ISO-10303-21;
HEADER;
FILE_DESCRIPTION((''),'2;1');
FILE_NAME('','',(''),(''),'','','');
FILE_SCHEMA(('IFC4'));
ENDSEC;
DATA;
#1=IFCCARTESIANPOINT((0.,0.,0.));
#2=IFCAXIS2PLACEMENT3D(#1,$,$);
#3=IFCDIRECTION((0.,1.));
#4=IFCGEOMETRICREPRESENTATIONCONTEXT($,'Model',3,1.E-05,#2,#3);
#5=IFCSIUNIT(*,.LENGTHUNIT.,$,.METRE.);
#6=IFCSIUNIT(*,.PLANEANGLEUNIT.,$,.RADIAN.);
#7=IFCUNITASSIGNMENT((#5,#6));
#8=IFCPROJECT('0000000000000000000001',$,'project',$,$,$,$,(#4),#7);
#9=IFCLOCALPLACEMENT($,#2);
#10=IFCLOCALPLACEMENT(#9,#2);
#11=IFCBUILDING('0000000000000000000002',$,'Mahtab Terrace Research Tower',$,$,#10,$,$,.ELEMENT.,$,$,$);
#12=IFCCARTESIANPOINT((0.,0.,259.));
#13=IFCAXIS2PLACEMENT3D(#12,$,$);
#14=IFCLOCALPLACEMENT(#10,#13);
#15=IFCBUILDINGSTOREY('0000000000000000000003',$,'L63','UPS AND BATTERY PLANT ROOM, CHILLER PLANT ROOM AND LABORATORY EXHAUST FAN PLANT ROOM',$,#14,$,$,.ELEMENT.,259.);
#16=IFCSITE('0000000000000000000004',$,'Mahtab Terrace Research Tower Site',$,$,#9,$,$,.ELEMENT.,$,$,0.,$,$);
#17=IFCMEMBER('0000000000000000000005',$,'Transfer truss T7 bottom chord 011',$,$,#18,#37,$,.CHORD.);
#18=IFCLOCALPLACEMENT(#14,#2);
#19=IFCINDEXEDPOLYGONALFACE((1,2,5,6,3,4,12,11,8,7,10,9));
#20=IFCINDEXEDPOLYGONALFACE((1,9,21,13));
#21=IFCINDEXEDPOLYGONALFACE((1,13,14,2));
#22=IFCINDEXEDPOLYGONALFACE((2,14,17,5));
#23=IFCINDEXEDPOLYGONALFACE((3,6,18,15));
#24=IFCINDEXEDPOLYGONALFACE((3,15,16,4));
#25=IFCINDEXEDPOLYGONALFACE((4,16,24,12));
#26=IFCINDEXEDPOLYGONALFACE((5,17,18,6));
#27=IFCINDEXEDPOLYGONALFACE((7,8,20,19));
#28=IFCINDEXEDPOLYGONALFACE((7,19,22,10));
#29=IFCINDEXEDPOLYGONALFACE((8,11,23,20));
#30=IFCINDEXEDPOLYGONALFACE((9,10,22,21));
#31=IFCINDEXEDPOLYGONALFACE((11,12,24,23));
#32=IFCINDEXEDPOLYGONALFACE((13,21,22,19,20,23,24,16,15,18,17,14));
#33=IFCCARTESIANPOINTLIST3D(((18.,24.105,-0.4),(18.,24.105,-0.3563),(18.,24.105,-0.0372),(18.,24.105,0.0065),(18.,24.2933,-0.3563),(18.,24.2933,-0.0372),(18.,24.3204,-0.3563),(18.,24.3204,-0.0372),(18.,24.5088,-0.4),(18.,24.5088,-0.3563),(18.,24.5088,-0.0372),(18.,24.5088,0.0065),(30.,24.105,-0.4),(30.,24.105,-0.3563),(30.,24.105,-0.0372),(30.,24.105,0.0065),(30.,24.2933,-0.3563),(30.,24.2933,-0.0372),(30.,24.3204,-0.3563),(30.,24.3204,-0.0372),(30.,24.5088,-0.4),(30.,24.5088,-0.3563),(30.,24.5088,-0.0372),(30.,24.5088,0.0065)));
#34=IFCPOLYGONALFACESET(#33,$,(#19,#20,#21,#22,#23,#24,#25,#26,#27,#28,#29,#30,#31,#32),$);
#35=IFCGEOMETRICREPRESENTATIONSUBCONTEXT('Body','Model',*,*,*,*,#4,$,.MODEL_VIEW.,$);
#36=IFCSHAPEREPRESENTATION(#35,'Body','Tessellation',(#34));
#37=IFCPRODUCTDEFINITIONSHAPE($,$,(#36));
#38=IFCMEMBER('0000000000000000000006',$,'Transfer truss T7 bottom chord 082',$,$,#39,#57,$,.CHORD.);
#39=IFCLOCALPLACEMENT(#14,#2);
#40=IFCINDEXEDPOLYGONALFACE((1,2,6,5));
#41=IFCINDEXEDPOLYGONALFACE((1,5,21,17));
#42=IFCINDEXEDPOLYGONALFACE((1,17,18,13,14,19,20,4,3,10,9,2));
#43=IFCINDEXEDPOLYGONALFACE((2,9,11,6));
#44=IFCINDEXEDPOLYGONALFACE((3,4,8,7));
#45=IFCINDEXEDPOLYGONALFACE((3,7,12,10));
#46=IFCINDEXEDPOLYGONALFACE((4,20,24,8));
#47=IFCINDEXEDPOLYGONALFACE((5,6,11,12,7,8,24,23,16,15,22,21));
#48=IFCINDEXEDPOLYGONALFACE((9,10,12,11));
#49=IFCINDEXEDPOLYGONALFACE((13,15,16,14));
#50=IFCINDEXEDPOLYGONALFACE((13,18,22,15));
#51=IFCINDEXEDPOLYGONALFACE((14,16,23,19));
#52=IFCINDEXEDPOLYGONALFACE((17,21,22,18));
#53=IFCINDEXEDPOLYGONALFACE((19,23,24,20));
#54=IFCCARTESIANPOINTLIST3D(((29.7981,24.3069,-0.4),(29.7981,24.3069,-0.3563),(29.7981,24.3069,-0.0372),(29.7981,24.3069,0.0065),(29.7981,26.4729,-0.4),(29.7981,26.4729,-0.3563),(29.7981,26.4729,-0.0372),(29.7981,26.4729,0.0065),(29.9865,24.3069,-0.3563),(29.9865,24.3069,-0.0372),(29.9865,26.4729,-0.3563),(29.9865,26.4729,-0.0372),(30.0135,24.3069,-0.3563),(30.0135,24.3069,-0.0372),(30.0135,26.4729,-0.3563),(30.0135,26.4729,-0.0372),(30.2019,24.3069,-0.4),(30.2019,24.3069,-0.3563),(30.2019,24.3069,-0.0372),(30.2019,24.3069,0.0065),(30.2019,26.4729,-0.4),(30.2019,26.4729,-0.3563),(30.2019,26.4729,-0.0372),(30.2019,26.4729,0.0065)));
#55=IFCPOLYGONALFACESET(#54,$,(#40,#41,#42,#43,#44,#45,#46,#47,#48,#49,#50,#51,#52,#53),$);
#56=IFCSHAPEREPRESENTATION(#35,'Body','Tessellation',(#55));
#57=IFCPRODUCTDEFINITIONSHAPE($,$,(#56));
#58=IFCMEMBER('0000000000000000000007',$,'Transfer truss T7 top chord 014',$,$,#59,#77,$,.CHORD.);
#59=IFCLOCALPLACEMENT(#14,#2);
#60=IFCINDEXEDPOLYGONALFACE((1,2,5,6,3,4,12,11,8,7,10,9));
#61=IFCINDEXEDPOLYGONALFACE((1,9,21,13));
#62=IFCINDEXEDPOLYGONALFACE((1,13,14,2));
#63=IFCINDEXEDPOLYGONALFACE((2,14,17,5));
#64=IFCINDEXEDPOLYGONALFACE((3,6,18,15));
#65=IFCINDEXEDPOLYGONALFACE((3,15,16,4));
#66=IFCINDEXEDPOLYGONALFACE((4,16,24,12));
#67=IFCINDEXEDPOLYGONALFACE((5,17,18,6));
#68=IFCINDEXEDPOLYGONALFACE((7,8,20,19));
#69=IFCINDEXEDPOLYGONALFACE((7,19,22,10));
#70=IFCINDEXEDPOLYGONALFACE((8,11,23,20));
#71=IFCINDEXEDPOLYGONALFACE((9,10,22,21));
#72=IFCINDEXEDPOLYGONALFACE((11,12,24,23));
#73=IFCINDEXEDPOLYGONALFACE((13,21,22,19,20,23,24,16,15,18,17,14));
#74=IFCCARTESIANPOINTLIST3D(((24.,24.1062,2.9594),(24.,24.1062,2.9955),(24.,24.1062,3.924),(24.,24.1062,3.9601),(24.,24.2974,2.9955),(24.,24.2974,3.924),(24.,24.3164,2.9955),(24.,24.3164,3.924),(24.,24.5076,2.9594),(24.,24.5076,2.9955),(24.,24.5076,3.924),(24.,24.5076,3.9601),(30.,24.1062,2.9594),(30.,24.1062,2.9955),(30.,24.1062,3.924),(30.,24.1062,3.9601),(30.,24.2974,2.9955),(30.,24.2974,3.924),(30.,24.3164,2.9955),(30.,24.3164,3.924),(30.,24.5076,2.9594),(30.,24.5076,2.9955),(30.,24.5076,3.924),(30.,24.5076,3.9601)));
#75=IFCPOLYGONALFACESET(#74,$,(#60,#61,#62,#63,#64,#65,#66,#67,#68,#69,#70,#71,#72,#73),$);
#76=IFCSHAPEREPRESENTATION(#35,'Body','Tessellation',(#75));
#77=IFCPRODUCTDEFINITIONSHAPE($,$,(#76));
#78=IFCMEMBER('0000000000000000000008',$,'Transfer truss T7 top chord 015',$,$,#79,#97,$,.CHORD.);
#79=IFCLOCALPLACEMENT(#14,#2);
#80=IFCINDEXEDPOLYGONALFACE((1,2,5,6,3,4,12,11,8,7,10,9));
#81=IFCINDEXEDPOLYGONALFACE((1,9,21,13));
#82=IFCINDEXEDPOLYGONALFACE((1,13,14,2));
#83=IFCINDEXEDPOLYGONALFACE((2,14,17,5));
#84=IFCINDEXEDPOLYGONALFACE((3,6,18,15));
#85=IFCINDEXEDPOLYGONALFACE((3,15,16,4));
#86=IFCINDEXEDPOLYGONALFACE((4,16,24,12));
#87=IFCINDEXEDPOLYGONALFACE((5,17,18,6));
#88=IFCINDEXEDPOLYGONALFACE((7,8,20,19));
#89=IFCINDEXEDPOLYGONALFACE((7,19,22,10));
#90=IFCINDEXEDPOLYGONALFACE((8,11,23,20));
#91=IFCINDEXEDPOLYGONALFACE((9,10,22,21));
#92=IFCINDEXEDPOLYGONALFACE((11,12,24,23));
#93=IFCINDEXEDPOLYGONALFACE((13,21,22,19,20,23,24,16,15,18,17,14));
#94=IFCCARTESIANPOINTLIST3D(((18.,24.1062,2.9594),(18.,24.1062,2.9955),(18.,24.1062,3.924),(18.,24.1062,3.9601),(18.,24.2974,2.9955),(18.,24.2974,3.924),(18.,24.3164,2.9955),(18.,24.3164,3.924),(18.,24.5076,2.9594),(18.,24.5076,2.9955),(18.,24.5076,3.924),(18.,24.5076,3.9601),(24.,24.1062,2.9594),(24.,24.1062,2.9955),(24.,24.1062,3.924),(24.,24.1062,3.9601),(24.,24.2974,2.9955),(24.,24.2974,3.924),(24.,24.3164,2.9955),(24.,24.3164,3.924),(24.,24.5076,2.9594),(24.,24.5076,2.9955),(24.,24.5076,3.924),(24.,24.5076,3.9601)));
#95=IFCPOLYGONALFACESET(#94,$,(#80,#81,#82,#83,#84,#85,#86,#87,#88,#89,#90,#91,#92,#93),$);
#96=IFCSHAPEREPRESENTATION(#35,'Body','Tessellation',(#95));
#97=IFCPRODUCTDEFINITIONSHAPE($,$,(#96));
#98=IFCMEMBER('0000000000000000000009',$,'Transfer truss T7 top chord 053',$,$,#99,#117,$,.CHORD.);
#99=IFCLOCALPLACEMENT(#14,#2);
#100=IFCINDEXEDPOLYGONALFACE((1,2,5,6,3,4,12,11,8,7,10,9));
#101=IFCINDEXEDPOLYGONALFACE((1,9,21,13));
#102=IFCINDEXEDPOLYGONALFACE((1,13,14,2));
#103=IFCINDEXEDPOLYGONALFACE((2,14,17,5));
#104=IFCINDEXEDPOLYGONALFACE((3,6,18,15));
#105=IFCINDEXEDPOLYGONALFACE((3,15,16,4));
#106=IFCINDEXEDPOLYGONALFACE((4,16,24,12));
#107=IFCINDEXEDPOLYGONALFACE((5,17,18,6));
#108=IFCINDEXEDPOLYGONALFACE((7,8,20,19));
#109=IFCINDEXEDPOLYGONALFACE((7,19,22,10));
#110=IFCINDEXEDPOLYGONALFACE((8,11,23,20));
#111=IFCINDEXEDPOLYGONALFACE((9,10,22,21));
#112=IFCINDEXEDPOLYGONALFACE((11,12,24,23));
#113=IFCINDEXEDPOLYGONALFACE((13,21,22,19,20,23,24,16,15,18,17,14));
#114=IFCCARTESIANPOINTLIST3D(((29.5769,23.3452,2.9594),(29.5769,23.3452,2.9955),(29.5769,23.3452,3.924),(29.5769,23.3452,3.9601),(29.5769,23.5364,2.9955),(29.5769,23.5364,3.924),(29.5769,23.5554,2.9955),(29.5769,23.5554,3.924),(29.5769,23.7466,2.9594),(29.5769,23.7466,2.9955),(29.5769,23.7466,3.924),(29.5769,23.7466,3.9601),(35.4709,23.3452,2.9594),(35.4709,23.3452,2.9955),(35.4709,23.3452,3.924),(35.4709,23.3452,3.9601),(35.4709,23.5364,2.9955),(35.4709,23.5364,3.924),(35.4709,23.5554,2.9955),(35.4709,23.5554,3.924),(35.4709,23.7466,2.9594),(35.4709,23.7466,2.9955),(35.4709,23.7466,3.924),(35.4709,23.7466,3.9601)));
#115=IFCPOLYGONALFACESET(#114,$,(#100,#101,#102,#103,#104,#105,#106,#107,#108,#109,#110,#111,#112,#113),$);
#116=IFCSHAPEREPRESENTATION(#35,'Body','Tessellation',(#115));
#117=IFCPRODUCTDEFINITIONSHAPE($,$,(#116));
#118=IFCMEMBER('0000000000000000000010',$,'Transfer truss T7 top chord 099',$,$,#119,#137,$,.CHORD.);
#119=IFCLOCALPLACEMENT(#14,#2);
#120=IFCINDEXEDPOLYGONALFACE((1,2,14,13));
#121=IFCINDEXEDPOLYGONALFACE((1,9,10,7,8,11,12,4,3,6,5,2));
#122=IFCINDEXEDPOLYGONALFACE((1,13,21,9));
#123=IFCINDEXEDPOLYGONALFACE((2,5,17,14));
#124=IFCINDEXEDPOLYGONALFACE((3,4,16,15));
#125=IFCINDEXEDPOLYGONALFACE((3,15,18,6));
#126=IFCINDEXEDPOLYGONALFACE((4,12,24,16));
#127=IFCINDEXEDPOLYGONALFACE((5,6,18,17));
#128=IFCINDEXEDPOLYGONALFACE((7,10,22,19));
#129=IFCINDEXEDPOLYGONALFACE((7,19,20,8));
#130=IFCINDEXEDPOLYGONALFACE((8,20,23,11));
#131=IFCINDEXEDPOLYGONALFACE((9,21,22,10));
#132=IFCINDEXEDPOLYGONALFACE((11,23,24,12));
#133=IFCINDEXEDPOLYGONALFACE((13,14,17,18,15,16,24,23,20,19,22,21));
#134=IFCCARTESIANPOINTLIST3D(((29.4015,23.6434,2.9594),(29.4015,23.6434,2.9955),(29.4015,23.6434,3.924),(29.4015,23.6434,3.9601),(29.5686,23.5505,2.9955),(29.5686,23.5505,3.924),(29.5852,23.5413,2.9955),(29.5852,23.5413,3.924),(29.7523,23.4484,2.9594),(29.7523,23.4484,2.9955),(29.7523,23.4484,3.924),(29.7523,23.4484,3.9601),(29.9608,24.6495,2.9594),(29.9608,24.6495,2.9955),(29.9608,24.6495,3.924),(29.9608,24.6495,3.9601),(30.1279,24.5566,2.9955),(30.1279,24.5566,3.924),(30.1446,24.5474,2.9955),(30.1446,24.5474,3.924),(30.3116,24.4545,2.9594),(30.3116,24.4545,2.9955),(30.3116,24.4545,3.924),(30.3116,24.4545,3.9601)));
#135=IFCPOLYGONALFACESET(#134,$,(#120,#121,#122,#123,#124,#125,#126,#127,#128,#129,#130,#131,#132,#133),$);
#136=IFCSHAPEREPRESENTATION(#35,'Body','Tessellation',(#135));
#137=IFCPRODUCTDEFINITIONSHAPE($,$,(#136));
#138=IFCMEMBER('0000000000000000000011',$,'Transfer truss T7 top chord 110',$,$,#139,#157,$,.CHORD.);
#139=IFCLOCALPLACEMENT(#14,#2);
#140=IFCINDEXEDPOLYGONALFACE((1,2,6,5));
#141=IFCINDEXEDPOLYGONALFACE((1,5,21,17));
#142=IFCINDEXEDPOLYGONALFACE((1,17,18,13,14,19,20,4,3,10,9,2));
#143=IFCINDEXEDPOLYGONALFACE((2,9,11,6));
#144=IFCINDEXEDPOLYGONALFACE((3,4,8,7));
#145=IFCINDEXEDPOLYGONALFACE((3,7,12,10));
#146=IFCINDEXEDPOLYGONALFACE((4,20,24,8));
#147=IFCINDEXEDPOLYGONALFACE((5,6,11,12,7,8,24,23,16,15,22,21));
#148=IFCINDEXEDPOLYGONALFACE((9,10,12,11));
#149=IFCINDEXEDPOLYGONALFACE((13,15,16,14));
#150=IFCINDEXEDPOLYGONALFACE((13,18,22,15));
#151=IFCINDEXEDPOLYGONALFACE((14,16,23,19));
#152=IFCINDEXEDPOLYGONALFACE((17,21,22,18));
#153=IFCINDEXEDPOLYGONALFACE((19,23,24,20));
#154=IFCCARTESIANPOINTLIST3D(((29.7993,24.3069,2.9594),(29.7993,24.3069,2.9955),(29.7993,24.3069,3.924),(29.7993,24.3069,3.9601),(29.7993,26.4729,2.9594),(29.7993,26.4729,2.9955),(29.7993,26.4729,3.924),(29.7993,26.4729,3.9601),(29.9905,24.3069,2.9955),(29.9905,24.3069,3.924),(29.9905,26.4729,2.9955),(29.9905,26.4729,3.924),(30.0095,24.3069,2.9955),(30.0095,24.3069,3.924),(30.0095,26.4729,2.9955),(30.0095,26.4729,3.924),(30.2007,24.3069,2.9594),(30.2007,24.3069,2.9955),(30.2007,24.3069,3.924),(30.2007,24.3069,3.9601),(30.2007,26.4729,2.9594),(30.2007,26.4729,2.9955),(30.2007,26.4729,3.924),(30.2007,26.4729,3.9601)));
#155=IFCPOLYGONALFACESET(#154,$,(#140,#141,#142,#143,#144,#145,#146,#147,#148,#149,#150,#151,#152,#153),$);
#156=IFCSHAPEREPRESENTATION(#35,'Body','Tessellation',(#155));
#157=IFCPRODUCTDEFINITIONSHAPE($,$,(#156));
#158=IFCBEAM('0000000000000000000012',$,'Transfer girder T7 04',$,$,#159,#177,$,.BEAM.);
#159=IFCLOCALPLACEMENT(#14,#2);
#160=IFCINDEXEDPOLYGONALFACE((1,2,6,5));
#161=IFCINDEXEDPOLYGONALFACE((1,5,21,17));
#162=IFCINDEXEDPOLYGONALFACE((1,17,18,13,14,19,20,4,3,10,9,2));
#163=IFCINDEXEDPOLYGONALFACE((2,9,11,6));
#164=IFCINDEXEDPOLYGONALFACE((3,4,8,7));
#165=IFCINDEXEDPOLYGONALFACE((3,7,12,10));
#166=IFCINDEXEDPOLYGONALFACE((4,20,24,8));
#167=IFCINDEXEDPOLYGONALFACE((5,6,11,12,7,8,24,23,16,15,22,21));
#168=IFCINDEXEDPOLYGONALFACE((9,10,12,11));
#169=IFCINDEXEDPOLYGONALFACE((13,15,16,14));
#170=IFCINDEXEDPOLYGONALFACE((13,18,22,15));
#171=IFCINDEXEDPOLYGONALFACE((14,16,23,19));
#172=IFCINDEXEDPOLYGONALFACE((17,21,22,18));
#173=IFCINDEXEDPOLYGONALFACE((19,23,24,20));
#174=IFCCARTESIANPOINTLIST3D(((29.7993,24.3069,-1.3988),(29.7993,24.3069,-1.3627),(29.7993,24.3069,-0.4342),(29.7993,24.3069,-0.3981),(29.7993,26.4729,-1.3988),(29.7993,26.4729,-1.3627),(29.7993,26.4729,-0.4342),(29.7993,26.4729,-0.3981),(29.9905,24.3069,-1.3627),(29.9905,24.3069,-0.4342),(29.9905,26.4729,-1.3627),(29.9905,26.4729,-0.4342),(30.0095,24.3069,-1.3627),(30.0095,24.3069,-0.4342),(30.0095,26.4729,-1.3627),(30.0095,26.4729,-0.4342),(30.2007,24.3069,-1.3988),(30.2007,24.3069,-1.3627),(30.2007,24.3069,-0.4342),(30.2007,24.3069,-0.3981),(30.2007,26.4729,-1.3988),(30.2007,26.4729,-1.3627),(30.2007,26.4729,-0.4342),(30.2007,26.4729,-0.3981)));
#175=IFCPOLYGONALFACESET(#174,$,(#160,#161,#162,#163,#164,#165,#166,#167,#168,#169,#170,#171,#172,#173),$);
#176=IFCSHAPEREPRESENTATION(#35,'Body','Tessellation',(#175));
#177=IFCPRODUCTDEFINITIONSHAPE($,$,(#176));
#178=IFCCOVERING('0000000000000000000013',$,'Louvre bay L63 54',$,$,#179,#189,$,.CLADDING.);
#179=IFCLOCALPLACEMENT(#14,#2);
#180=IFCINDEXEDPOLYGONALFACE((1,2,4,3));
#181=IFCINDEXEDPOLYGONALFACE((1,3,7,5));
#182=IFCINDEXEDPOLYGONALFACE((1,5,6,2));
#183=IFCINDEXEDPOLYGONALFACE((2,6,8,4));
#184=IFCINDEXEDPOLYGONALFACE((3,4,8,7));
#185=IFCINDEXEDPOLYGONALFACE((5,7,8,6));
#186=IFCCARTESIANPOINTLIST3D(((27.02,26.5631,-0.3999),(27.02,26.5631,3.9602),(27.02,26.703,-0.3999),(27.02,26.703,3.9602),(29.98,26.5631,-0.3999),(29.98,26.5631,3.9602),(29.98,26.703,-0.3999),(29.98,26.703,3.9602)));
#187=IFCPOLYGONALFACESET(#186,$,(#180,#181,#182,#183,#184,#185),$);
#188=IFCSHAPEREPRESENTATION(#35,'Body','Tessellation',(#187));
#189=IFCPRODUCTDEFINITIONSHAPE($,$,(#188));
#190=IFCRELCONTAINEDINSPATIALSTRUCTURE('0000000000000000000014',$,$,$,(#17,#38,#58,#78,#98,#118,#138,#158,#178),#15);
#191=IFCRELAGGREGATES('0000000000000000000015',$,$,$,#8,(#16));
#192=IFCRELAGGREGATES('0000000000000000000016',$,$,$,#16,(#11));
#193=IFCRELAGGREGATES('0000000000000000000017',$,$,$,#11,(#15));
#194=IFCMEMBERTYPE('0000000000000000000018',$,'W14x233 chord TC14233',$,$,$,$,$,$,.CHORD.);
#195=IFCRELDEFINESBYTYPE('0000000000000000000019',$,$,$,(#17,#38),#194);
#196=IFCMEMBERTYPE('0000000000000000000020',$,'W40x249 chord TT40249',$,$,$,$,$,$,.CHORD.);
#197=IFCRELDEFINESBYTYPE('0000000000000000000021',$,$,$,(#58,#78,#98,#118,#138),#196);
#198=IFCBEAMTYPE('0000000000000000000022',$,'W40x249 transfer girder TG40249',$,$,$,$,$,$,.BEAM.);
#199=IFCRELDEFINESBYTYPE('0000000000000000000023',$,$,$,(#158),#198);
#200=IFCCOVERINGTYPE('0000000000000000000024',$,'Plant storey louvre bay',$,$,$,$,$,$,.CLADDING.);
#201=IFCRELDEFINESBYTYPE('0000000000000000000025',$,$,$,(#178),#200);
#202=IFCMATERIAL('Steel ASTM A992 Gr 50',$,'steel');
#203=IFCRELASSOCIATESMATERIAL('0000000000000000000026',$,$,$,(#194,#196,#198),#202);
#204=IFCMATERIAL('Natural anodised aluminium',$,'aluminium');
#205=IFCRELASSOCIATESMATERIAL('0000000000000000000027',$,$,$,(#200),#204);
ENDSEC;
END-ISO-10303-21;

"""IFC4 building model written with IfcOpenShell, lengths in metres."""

from ifc_helpers import new_model, si_unit, direction, frame, origin, origin_2d, place, context, subcontext, project, spatial, rectangle, i_section, extrude, material, material_profile, profile_set, type_object, element, save


model = new_model("IFC4")

# Units and contexts
model_context = context("Model", 3, precision=1e-05, world=origin(), true_north=direction((0.0, 1.0)))
body_context = subcontext(model_context, "Body", "Model", "MODEL_VIEW")
ifc_project = project(units=[si_unit("LENGTHUNIT", "METRE"), si_unit("PLANEANGLEUNIT", "RADIAN")], contexts=[model_context])

# Site, building, storey
site_placement = place(None, origin())
site = spatial("IfcSite", under=ifc_project, at=site_placement, Name="Mahtab Terrace Research Tower Site", CompositionType="ELEMENT", RefElevation=0.0)
building_placement = place(site_placement, origin())
building = spatial("IfcBuilding", under=site, at=building_placement, Name="Mahtab Terrace Research Tower", CompositionType="ELEMENT")
storey_placement = place(building_placement, frame((0.0, 0.0, 259.0)))
storey = spatial("IfcBuildingStorey", under=building, at=storey_placement, Name="L63", Description="UPS AND BATTERY PLANT ROOM, CHILLER PLANT ROOM AND LABORATORY EXHAUST FAN PLANT ROOM", CompositionType="ELEMENT", Elevation=259.0)

# Shared definitions
ifc_material_1 = material(Name="Steel ASTM A992 Gr 50", Category="steel")

# Members
ifc_material_profile_1 = material_profile(ifc_material_1, i_section(OverallWidth=0.4038, OverallDepth=0.4065, WebThickness=0.0271, FlangeThickness=0.0437, at=origin_2d()), Name="W14X233")
ifc_profile_set_1 = profile_set([ifc_material_profile_1], Name="Steel ASTM A992 Gr 50")
member_type_1 = type_object("IfcMemberType", Name="W14x233 chord TC14233", PredefinedType="CHORD", material=ifc_profile_set_1)
member_1_placement = place(storey_placement, frame((30.0, 24.3069, -0.1968), z_axis=(-1.0, 0.0, 0.0), x_axis=(0.0, -1.0, 0.0)))
element("IfcMember", 1, at=member_1_placement, inside=storey, type_object=member_type_1, Name="Transfer truss T7 bottom chord 011", PredefinedType="CHORD", context=body_context, shape_type="SweptSolid", body=[
    extrude(i_section(OverallWidth=0.4038, OverallDepth=0.4065, WebThickness=0.0271, FlangeThickness=0.0437, at=origin_2d()), origin(), (0.0, 0.0, 1.0), 12.0),
])
member_2_placement = place(storey_placement, frame((30.0, 24.3069, -0.1968), z_axis=(0.0, 1.0, 0.0), x_axis=(-1.0, 0.0, 0.0)))
element("IfcMember", 2, at=member_2_placement, inside=storey, type_object=member_type_1, Name="Transfer truss T7 bottom chord 082", PredefinedType="CHORD", context=body_context, shape_type="SweptSolid", body=[
    extrude(i_section(OverallWidth=0.4038, OverallDepth=0.4065, WebThickness=0.0271, FlangeThickness=0.0437, at=origin_2d()), origin(), (0.0, 0.0, 1.0), 2.166),
])
ifc_material_profile_2 = material_profile(ifc_material_1, i_section(OverallWidth=0.4014, OverallDepth=1.0007, WebThickness=0.019, FlangeThickness=0.0361, at=origin_2d()), Name="W40X249")
ifc_profile_set_2 = profile_set([ifc_material_profile_2], Name="Steel ASTM A992 Gr 50")
member_type_2 = type_object("IfcMemberType", Name="W40x249 chord TT40249", PredefinedType="CHORD", material=ifc_profile_set_2)
for number, where, z_axis, x_axis, name in (
    (3, (30.0, 24.3069, 3.4597), (-1.0, 0.0, 0.0), (0.0, -1.0, 0.0), "Transfer truss T7 top chord 014"),
    (4, (24.0, 24.3069, 3.4597), (-1.0, 0.0, 0.0), (0.0, -1.0, 0.0), "Transfer truss T7 top chord 015"),
):
    element("IfcMember", number, at=place(storey_placement, frame(where, z_axis=z_axis, x_axis=x_axis)), inside=storey, type_object=member_type_2, Name=name, PredefinedType="CHORD", context=body_context, shape_type="SweptSolid", body=[
        extrude(i_section(OverallWidth=0.4014, OverallDepth=1.0007, WebThickness=0.019, FlangeThickness=0.0361, at=origin_2d()), origin(), (0.0, 0.0, 1.0), 6.0),
    ])
member_3_placement = place(storey_placement, frame((29.5769, 23.5459, 3.4597), z_axis=(1.0, 0.0, 0.0), x_axis=(0.0, 1.0, 0.0)))
element("IfcMember", 5, at=member_3_placement, inside=storey, type_object=member_type_2, Name="Transfer truss T7 top chord 053", PredefinedType="CHORD", context=body_context, shape_type="SweptSolid", body=[
    extrude(i_section(OverallWidth=0.4014, OverallDepth=1.0007, WebThickness=0.019, FlangeThickness=0.0361, at=origin_2d()), origin(), (0.0, 0.0, 1.0), 5.894),
])
member_4_placement = place(storey_placement, frame((29.5769, 23.5459, 3.4597), z_axis=(0.485895, 0.874017, 0.0), x_axis=(-0.874017, 0.485895, 0.0)))
element("IfcMember", 6, at=member_4_placement, inside=storey, type_object=member_type_2, Name="Transfer truss T7 top chord 099", PredefinedType="CHORD", context=body_context, shape_type="SweptSolid", body=[
    extrude(i_section(OverallWidth=0.4014, OverallDepth=1.0007, WebThickness=0.019, FlangeThickness=0.0361, at=origin_2d()), origin(), (0.0, 0.0, 1.0), 1.1511),
])
member_5_placement = place(storey_placement, frame((30.0, 24.3069, 3.4597), z_axis=(0.0, 1.0, 0.0), x_axis=(-1.0, 0.0, 0.0)))
element("IfcMember", 7, at=member_5_placement, inside=storey, type_object=member_type_2, Name="Transfer truss T7 top chord 110", PredefinedType="CHORD", context=body_context, shape_type="SweptSolid", body=[
    extrude(i_section(OverallWidth=0.4014, OverallDepth=1.0007, WebThickness=0.019, FlangeThickness=0.0361, at=origin_2d()), origin(), (0.0, 0.0, 1.0), 2.166),
])

# Beam
ifc_material_profile_3 = material_profile(ifc_material_1, i_section(OverallWidth=0.4014, OverallDepth=1.0007, WebThickness=0.019, FlangeThickness=0.0361, at=origin_2d()), Name="W40X249")
ifc_profile_set_3 = profile_set([ifc_material_profile_3], Name="Steel ASTM A992 Gr 50")
beam_type = type_object("IfcBeamType", Name="W40x249 transfer girder TG40249", PredefinedType="BEAM", material=ifc_profile_set_3)
beam_placement = place(storey_placement, frame((30.0, 24.3069, -0.8984), z_axis=(0.0, 1.0, 0.0), x_axis=(-1.0, 0.0, 0.0)))
element("IfcBeam", 8, at=beam_placement, inside=storey, type_object=beam_type, Name="Transfer girder T7 04", PredefinedType="BEAM", context=body_context, shape_type="SweptSolid", body=[
    extrude(i_section(OverallWidth=0.4014, OverallDepth=1.0007, WebThickness=0.019, FlangeThickness=0.0361, at=origin_2d()), origin(), (0.0, 0.0, 1.0), 2.166),
])

# Covering
ifc_material_2 = material(Name="Natural anodised aluminium", Category="aluminium")
covering_type = type_object("IfcCoveringType", Name="Plant storey louvre bay", PredefinedType="CLADDING", material=ifc_material_2)
for number, where, z_axis, x_axis, name in (
    (9, (28.5, 26.6331, -0.3999), (0.0, 0.0, 1.0), (-1.0, 0.0, 0.0), "Louvre bay L63 54"),
):
    element("IfcCovering", number, at=place(storey_placement, frame(where, z_axis=z_axis, x_axis=x_axis)), inside=storey, type_object=covering_type, Name=name, PredefinedType="CLADDING", context=body_context, shape_type="SweptSolid", body=[
        extrude(rectangle(XDim=2.96, YDim=0.1399, at=origin_2d()), origin(), (0.0, 0.0, 1.0), 4.3601),
    ])

save(model, "model.ifc")
